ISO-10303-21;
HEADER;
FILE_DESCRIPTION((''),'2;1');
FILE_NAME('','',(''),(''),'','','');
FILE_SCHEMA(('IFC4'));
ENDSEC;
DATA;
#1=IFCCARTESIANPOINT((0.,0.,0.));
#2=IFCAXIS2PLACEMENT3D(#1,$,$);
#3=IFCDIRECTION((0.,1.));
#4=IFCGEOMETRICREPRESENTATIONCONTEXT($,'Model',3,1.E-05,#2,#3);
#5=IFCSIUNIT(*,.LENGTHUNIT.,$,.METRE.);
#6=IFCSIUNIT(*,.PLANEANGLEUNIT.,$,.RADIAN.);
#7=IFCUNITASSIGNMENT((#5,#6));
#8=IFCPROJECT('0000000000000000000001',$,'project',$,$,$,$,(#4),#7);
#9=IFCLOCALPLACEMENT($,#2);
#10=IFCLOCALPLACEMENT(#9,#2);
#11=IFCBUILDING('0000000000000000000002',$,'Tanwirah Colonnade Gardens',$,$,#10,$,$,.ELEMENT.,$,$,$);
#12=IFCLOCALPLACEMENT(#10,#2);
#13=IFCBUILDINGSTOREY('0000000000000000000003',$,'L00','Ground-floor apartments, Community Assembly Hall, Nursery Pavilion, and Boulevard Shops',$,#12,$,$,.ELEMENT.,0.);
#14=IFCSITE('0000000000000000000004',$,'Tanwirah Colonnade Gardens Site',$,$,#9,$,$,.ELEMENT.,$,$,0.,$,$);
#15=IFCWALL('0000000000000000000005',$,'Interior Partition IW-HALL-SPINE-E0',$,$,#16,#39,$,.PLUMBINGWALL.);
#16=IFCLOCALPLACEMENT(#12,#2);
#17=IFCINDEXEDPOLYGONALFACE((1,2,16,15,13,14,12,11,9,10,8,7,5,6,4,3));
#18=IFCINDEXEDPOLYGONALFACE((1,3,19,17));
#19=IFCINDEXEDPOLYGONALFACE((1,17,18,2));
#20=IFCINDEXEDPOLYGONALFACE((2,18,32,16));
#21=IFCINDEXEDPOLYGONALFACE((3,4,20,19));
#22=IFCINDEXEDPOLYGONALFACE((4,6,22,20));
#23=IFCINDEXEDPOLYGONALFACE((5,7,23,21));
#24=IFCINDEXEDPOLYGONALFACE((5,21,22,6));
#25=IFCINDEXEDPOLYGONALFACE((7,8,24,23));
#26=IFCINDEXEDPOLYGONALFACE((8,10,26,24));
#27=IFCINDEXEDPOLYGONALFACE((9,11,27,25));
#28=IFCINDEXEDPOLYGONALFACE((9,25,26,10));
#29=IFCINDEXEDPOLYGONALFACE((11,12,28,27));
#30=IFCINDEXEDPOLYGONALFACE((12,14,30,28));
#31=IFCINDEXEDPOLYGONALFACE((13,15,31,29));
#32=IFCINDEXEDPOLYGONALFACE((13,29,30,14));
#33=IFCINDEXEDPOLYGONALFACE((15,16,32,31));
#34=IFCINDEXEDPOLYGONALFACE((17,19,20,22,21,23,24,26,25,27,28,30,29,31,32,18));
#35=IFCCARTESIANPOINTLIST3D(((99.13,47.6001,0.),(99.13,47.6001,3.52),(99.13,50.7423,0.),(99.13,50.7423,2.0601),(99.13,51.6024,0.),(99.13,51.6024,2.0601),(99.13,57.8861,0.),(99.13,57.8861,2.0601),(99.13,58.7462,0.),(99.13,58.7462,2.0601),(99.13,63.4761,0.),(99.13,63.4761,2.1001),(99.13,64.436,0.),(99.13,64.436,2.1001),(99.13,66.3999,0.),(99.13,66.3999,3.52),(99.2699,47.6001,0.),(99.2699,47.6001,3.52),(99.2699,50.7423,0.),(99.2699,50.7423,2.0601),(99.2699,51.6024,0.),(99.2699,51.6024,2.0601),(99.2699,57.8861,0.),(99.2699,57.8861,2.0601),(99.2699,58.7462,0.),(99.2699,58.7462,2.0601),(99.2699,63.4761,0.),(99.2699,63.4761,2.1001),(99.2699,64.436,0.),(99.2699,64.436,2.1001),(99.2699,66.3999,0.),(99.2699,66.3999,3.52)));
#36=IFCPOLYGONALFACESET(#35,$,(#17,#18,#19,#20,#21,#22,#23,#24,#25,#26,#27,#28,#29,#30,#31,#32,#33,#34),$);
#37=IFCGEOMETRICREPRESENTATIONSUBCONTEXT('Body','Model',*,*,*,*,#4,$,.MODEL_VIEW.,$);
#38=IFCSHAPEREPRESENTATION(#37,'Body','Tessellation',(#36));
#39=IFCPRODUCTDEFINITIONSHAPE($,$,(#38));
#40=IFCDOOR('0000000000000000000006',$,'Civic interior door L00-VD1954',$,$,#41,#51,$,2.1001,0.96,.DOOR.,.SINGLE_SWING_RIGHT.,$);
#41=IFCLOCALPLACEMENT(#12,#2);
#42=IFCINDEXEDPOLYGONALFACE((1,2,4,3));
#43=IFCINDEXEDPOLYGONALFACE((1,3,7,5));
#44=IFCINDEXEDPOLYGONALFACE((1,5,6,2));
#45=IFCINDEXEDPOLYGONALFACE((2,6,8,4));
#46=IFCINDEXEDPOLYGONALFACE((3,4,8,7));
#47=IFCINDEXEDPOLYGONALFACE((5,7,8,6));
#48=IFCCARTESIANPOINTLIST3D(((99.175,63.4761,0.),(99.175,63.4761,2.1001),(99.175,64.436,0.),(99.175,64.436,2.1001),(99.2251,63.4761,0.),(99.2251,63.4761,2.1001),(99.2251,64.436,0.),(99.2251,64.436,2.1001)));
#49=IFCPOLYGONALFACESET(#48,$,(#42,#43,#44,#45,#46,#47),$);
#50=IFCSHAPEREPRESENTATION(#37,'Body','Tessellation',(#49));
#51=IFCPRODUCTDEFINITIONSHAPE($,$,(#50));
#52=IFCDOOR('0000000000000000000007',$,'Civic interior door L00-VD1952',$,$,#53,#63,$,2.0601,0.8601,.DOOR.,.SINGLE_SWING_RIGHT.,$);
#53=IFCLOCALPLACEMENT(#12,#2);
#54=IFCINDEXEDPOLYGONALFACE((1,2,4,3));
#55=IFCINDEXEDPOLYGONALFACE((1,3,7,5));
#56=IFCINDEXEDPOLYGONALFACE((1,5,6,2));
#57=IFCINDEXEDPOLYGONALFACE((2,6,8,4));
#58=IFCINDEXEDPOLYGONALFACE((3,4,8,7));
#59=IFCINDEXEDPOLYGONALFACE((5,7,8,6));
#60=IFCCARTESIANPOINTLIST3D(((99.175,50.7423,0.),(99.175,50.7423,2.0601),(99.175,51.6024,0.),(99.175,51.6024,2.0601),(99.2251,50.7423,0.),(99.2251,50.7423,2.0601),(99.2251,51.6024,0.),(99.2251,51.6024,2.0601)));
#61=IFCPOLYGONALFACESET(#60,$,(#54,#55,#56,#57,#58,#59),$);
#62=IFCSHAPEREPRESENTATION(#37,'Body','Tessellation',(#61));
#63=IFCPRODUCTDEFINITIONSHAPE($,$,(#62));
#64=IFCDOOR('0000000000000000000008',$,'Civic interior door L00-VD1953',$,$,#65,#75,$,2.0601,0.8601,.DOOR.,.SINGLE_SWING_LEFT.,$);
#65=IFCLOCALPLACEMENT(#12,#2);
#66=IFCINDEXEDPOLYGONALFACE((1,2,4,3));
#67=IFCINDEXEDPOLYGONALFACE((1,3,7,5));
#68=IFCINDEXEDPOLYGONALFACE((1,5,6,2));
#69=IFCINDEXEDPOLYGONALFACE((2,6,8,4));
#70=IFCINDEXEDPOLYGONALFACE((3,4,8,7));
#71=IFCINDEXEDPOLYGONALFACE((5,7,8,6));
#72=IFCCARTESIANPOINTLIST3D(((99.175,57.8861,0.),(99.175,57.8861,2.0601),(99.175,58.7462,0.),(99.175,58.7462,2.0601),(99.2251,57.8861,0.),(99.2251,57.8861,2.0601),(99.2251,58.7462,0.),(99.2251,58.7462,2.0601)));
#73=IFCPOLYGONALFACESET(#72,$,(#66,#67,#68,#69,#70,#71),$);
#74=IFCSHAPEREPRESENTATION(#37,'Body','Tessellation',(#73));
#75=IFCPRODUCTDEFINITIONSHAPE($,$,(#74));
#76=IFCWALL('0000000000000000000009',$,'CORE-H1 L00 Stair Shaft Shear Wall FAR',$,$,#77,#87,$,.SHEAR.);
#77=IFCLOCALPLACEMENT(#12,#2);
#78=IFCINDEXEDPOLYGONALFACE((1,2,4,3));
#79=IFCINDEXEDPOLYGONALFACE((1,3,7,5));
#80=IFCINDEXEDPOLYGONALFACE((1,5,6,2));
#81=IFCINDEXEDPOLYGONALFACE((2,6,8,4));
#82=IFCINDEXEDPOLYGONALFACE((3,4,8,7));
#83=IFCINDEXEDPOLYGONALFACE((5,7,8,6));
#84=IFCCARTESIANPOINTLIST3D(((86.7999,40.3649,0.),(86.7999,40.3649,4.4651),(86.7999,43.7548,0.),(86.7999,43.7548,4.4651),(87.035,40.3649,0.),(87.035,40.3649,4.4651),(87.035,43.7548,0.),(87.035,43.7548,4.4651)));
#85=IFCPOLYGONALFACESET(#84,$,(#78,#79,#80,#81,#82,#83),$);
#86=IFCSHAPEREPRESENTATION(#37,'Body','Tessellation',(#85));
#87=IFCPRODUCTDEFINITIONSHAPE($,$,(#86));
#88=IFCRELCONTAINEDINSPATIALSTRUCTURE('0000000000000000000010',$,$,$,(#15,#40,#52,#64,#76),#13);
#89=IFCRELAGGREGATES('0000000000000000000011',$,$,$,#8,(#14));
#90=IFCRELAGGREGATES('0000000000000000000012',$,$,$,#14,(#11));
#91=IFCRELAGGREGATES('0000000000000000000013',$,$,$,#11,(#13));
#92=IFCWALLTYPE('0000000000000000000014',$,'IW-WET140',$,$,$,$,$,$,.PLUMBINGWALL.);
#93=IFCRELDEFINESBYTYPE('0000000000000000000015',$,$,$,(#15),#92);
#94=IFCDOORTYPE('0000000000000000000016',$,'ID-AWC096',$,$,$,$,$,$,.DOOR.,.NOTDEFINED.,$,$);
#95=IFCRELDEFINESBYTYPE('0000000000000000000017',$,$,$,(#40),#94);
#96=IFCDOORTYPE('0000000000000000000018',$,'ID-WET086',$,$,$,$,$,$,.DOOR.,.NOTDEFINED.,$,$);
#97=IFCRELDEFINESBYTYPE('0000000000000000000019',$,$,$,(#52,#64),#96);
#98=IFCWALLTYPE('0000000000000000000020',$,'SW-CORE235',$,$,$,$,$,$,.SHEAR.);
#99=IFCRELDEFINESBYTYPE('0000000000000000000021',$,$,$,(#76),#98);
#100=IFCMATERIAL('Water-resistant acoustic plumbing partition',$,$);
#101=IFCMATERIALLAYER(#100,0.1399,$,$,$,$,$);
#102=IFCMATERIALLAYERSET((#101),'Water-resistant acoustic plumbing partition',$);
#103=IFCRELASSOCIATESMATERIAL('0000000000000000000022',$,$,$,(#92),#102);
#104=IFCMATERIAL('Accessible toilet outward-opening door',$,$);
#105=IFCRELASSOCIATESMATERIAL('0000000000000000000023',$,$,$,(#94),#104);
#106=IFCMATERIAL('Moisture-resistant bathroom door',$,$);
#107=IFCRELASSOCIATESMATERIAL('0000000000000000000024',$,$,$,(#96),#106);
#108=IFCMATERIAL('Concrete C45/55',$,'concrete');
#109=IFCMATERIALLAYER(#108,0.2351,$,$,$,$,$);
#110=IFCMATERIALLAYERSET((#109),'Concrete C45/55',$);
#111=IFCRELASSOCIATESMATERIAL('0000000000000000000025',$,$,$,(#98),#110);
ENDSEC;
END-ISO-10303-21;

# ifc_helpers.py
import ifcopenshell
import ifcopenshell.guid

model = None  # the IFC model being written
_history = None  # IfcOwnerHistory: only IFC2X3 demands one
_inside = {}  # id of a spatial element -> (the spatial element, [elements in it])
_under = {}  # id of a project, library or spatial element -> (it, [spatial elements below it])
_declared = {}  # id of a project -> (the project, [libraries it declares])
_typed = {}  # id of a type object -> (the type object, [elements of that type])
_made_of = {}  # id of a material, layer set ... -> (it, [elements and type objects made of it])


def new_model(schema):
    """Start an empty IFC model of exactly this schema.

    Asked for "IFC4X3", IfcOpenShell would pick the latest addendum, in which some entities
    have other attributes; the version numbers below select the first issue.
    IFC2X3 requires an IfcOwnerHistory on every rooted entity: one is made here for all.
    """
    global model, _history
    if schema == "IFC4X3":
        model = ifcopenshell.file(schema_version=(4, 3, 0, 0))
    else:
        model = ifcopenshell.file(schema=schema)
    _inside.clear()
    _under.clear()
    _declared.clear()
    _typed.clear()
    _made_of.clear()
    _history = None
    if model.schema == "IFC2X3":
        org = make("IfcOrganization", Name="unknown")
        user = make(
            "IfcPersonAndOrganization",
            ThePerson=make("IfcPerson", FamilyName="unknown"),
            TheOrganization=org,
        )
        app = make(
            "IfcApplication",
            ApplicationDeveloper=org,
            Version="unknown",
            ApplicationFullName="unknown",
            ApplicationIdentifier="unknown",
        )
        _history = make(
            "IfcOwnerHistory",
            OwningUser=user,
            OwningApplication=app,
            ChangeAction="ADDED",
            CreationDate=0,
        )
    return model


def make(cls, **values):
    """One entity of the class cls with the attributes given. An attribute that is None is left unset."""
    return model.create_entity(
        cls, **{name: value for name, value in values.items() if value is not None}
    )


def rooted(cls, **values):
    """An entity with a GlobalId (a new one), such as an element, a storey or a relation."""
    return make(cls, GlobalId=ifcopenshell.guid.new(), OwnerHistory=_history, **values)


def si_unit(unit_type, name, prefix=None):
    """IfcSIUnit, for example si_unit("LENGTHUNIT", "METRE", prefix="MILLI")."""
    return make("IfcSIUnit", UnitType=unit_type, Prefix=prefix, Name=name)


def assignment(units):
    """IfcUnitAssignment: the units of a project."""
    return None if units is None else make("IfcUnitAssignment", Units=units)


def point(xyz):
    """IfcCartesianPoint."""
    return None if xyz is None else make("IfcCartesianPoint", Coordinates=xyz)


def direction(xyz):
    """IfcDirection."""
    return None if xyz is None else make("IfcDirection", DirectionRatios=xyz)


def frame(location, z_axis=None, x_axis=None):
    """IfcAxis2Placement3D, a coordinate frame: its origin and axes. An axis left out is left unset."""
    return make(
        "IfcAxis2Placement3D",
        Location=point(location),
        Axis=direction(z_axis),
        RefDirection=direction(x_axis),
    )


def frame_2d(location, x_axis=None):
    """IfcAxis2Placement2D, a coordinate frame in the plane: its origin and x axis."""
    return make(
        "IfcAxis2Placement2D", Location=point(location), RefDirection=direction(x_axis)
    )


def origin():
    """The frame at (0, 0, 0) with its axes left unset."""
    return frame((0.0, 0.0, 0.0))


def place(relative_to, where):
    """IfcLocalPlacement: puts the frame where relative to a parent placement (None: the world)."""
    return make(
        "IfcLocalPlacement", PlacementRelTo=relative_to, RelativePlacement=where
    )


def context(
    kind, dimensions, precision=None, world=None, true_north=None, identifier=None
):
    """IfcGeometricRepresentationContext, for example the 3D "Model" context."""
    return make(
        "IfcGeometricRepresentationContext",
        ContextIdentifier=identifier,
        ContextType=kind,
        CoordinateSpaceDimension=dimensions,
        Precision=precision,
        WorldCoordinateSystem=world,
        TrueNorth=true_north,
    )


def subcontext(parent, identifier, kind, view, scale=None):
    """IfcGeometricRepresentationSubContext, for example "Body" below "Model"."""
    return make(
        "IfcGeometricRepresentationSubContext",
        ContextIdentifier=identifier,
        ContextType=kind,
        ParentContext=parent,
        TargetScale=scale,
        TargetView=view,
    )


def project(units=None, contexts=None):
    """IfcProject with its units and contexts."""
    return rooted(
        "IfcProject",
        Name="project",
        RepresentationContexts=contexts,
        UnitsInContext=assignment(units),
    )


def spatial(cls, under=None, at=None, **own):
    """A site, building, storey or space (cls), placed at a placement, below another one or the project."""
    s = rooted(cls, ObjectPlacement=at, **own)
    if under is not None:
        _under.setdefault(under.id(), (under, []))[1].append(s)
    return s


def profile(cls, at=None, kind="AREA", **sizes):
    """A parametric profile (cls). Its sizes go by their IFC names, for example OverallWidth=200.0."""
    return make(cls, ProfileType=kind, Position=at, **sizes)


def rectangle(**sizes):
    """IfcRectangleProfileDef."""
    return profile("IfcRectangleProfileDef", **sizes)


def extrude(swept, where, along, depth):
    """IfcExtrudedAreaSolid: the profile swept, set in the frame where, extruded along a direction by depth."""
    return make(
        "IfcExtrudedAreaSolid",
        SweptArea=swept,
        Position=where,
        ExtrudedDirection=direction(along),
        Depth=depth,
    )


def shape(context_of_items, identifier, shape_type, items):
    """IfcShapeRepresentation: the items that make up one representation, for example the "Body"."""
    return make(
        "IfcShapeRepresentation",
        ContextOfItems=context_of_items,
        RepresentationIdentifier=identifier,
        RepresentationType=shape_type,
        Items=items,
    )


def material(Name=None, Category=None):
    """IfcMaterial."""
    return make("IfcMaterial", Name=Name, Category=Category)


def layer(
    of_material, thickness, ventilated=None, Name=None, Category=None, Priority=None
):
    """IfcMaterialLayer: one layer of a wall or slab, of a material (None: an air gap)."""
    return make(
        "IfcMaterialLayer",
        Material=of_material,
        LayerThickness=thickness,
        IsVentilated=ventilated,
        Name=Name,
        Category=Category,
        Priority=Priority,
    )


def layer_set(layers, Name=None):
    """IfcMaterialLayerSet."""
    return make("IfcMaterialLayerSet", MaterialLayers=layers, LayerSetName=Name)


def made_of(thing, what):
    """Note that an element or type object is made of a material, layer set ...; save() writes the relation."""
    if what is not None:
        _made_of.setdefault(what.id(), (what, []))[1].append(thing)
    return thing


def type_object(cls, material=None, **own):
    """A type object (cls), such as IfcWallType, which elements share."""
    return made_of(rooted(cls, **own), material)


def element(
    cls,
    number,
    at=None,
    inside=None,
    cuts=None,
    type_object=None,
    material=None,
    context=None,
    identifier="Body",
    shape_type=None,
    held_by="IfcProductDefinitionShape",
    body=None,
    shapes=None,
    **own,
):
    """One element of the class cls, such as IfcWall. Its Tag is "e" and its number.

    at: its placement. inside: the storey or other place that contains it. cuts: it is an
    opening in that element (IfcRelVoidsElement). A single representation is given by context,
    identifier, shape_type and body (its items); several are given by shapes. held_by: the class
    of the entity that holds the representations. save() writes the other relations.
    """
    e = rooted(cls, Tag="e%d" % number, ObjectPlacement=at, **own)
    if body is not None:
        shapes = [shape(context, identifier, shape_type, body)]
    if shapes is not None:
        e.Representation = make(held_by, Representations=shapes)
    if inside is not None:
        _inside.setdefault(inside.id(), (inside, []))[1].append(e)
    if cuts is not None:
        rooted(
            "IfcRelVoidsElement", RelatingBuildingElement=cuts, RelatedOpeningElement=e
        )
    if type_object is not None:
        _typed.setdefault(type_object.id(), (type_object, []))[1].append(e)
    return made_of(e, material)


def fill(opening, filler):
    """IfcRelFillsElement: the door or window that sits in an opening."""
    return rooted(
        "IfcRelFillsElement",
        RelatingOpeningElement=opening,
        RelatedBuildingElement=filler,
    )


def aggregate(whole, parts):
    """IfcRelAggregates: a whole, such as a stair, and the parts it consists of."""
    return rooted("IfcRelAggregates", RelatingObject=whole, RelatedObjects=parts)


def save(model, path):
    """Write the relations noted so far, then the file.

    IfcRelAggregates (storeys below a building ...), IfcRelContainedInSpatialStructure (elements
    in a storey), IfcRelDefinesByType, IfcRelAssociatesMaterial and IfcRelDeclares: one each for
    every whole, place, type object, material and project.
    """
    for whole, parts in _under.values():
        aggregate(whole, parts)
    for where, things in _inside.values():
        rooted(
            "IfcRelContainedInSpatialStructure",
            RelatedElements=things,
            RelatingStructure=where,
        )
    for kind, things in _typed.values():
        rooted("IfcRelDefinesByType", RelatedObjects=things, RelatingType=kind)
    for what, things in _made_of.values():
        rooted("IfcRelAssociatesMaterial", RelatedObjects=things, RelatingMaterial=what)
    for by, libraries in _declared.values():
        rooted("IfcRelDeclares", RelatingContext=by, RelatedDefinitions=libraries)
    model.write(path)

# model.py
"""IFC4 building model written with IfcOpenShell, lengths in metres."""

from ifc_helpers import new_model, si_unit, direction, frame, frame_2d, origin, place, context, subcontext, project, spatial, rectangle, extrude, material, layer, layer_set, type_object, element, fill, save


model = new_model("IFC4")

# Units and contexts
model_context = context("Model", 3, precision=1e-05, world=origin(), true_north=direction((0.0, 1.0)))
body_context = subcontext(model_context, "Body", "Model", "MODEL_VIEW")
ifc_project = project(units=[si_unit("LENGTHUNIT", "METRE"), si_unit("PLANEANGLEUNIT", "RADIAN")], contexts=[model_context])

# Site, building, storey
site_placement = place(None, origin())
site = spatial("IfcSite", under=ifc_project, at=site_placement, Name="Tanwirah Colonnade Gardens Site", CompositionType="ELEMENT", RefElevation=0.0)
building_placement = place(site_placement, origin())
building = spatial("IfcBuilding", under=site, at=building_placement, Name="Tanwirah Colonnade Gardens", CompositionType="ELEMENT")
storey_placement = place(building_placement, origin())
storey = spatial("IfcBuildingStorey", under=building, at=storey_placement, Name="L00", Description="Ground-floor apartments, Community Assembly Hall, Nursery Pavilion, and Boulevard Shops", CompositionType="ELEMENT", Elevation=0.0)

# Shared definitions
ifc_material_1 = material(Name="Concrete C45/55", Category="concrete")

# Wall, openings, doors
ifc_material_2 = material(Name="Water-resistant acoustic plumbing partition")
ifc_layer_1 = layer(ifc_material_2, 0.1399)
ifc_layer_set_1 = layer_set([ifc_layer_1], Name="Water-resistant acoustic plumbing partition")
wall_type_1 = type_object("IfcWallType", Name="IW-WET140", PredefinedType="PLUMBINGWALL", material=ifc_layer_set_1)
wall_1_placement = place(storey_placement, frame((99.2, 47.6001, 0.0), z_axis=(0.0, 0.0, 1.0), x_axis=(0.0, 1.0, 0.0)))
wall_1 = element("IfcWall", 1, at=wall_1_placement, inside=storey, type_object=wall_type_1, Name="Interior Partition IW-HALL-SPINE-E0", PredefinedType="PLUMBINGWALL", context=body_context, shape_type="SweptSolid", body=[
    extrude(rectangle(XDim=18.7998, YDim=0.1399, at=frame_2d((9.3999, 0.0))), origin(), (0.0, 0.0, 1.0), 3.52),
])
opening_1_placement = place(wall_1_placement, frame((3.1421, 0.0, 0.0)))
opening_1 = element("IfcOpeningElement", 2, at=opening_1_placement, cuts=wall_1, PredefinedType="OPENING", context=body_context, shape_type="SweptSolid", body=[
    extrude(rectangle(XDim=0.8601, YDim=2.0601, at=frame_2d((0.4302, 1.03))), frame((0.0, 0.0798, 0.0), z_axis=(0.0, -1.0, 0.0), x_axis=(1.0, 0.0, 0.0)), (0.0, 0.0, 1.0), 0.1599),
])
opening_2_placement = place(wall_1_placement, frame((10.2859, 0.0, 0.0)))
opening_2 = element("IfcOpeningElement", 3, at=opening_2_placement, cuts=wall_1, PredefinedType="OPENING", context=body_context, shape_type="SweptSolid", body=[
    extrude(rectangle(XDim=0.8601, YDim=2.0601, at=frame_2d((0.4302, 1.03))), frame((0.0, 0.0798, 0.0), z_axis=(0.0, -1.0, 0.0), x_axis=(1.0, 0.0, 0.0)), (0.0, 0.0, 1.0), 0.1599),
])
opening_3_placement = place(wall_1_placement, frame((15.876, 0.0, 0.0)))
opening_3 = element("IfcOpeningElement", 4, at=opening_3_placement, cuts=wall_1, PredefinedType="OPENING", context=body_context, shape_type="SweptSolid", body=[
    extrude(rectangle(XDim=0.96, YDim=2.1001, at=frame_2d((0.48, 1.05))), frame((0.0, 0.0798, 0.0), z_axis=(0.0, -1.0, 0.0), x_axis=(1.0, 0.0, 0.0)), (0.0, 0.0, 1.0), 0.1599),
])
ifc_material_3 = material(Name="Accessible toilet outward-opening door")
door_type_1 = type_object("IfcDoorType", Name="ID-AWC096", OperationType="NOTDEFINED", PredefinedType="DOOR", material=ifc_material_3)
door_1_placement = place(opening_3_placement, origin())
door_1 = element("IfcDoor", 5, at=door_1_placement, inside=storey, type_object=door_type_1, Name="Civic interior door L00-VD1954", OperationType="SINGLE_SWING_RIGHT", OverallHeight=2.1001, OverallWidth=0.96, PredefinedType="DOOR", context=body_context, shape_type="SweptSolid", body=[
    extrude(rectangle(XDim=0.96, YDim=2.1001, at=frame_2d((0.48, 1.05))), frame((0.0, 0.0249, 0.0), z_axis=(0.0, -1.0, 0.0), x_axis=(1.0, 0.0, 0.0)), (0.0, 0.0, 1.0), 0.05),
])
fill(opening_3, door_1)
ifc_material_4 = material(Name="Moisture-resistant bathroom door")
door_type_2 = type_object("IfcDoorType", Name="ID-WET086", OperationType="NOTDEFINED", PredefinedType="DOOR", material=ifc_material_4)
door_2_placement = place(opening_1_placement, origin())
door_2 = element("IfcDoor", 6, at=door_2_placement, inside=storey, type_object=door_type_2, Name="Civic interior door L00-VD1952", OperationType="SINGLE_SWING_RIGHT", OverallHeight=2.0601, OverallWidth=0.8601, PredefinedType="DOOR", context=body_context, shape_type="SweptSolid", body=[
    extrude(rectangle(XDim=0.8601, YDim=2.0601, at=frame_2d((0.4302, 1.03))), frame((0.0, 0.0249, 0.0), z_axis=(0.0, -1.0, 0.0), x_axis=(1.0, 0.0, 0.0)), (0.0, 0.0, 1.0), 0.05),
])
fill(opening_1, door_2)
door_3_placement = place(opening_2_placement, origin())
door_3 = element("IfcDoor", 7, at=door_3_placement, inside=storey, type_object=door_type_2, Name="Civic interior door L00-VD1953", OperationType="SINGLE_SWING_LEFT", OverallHeight=2.0601, OverallWidth=0.8601, PredefinedType="DOOR", context=body_context, shape_type="SweptSolid", body=[
    extrude(rectangle(XDim=0.8601, YDim=2.0601, at=frame_2d((0.4302, 1.03))), frame((0.0, 0.0249, 0.0), z_axis=(0.0, -1.0, 0.0), x_axis=(1.0, 0.0, 0.0)), (0.0, 0.0, 1.0), 0.05),
])
fill(opening_2, door_3)

# Wall
ifc_layer_2 = layer(ifc_material_1, 0.2351)
ifc_layer_set_2 = layer_set([ifc_layer_2], Name="Concrete C45/55")
wall_type_2 = type_object("IfcWallType", Name="SW-CORE235", PredefinedType="SHEAR", material=ifc_layer_set_2)
wall_2_placement = place(storey_placement, frame((86.9175, 40.365, 0.0), z_axis=(0.0, 0.0, 1.0), x_axis=(0.0, 1.0, 0.0)))
element("IfcWall", 8, at=wall_2_placement, inside=storey, type_object=wall_type_2, Name="CORE-H1 L00 Stair Shaft Shear Wall FAR", PredefinedType="SHEAR", context=body_context, shape_type="SweptSolid", body=[
    extrude(rectangle(XDim=3.3899, YDim=0.2351, at=frame_2d((1.6948, 0.0))), origin(), (0.0, 0.0, 1.0), 4.4651),
])

save(model, "model.ifc")
